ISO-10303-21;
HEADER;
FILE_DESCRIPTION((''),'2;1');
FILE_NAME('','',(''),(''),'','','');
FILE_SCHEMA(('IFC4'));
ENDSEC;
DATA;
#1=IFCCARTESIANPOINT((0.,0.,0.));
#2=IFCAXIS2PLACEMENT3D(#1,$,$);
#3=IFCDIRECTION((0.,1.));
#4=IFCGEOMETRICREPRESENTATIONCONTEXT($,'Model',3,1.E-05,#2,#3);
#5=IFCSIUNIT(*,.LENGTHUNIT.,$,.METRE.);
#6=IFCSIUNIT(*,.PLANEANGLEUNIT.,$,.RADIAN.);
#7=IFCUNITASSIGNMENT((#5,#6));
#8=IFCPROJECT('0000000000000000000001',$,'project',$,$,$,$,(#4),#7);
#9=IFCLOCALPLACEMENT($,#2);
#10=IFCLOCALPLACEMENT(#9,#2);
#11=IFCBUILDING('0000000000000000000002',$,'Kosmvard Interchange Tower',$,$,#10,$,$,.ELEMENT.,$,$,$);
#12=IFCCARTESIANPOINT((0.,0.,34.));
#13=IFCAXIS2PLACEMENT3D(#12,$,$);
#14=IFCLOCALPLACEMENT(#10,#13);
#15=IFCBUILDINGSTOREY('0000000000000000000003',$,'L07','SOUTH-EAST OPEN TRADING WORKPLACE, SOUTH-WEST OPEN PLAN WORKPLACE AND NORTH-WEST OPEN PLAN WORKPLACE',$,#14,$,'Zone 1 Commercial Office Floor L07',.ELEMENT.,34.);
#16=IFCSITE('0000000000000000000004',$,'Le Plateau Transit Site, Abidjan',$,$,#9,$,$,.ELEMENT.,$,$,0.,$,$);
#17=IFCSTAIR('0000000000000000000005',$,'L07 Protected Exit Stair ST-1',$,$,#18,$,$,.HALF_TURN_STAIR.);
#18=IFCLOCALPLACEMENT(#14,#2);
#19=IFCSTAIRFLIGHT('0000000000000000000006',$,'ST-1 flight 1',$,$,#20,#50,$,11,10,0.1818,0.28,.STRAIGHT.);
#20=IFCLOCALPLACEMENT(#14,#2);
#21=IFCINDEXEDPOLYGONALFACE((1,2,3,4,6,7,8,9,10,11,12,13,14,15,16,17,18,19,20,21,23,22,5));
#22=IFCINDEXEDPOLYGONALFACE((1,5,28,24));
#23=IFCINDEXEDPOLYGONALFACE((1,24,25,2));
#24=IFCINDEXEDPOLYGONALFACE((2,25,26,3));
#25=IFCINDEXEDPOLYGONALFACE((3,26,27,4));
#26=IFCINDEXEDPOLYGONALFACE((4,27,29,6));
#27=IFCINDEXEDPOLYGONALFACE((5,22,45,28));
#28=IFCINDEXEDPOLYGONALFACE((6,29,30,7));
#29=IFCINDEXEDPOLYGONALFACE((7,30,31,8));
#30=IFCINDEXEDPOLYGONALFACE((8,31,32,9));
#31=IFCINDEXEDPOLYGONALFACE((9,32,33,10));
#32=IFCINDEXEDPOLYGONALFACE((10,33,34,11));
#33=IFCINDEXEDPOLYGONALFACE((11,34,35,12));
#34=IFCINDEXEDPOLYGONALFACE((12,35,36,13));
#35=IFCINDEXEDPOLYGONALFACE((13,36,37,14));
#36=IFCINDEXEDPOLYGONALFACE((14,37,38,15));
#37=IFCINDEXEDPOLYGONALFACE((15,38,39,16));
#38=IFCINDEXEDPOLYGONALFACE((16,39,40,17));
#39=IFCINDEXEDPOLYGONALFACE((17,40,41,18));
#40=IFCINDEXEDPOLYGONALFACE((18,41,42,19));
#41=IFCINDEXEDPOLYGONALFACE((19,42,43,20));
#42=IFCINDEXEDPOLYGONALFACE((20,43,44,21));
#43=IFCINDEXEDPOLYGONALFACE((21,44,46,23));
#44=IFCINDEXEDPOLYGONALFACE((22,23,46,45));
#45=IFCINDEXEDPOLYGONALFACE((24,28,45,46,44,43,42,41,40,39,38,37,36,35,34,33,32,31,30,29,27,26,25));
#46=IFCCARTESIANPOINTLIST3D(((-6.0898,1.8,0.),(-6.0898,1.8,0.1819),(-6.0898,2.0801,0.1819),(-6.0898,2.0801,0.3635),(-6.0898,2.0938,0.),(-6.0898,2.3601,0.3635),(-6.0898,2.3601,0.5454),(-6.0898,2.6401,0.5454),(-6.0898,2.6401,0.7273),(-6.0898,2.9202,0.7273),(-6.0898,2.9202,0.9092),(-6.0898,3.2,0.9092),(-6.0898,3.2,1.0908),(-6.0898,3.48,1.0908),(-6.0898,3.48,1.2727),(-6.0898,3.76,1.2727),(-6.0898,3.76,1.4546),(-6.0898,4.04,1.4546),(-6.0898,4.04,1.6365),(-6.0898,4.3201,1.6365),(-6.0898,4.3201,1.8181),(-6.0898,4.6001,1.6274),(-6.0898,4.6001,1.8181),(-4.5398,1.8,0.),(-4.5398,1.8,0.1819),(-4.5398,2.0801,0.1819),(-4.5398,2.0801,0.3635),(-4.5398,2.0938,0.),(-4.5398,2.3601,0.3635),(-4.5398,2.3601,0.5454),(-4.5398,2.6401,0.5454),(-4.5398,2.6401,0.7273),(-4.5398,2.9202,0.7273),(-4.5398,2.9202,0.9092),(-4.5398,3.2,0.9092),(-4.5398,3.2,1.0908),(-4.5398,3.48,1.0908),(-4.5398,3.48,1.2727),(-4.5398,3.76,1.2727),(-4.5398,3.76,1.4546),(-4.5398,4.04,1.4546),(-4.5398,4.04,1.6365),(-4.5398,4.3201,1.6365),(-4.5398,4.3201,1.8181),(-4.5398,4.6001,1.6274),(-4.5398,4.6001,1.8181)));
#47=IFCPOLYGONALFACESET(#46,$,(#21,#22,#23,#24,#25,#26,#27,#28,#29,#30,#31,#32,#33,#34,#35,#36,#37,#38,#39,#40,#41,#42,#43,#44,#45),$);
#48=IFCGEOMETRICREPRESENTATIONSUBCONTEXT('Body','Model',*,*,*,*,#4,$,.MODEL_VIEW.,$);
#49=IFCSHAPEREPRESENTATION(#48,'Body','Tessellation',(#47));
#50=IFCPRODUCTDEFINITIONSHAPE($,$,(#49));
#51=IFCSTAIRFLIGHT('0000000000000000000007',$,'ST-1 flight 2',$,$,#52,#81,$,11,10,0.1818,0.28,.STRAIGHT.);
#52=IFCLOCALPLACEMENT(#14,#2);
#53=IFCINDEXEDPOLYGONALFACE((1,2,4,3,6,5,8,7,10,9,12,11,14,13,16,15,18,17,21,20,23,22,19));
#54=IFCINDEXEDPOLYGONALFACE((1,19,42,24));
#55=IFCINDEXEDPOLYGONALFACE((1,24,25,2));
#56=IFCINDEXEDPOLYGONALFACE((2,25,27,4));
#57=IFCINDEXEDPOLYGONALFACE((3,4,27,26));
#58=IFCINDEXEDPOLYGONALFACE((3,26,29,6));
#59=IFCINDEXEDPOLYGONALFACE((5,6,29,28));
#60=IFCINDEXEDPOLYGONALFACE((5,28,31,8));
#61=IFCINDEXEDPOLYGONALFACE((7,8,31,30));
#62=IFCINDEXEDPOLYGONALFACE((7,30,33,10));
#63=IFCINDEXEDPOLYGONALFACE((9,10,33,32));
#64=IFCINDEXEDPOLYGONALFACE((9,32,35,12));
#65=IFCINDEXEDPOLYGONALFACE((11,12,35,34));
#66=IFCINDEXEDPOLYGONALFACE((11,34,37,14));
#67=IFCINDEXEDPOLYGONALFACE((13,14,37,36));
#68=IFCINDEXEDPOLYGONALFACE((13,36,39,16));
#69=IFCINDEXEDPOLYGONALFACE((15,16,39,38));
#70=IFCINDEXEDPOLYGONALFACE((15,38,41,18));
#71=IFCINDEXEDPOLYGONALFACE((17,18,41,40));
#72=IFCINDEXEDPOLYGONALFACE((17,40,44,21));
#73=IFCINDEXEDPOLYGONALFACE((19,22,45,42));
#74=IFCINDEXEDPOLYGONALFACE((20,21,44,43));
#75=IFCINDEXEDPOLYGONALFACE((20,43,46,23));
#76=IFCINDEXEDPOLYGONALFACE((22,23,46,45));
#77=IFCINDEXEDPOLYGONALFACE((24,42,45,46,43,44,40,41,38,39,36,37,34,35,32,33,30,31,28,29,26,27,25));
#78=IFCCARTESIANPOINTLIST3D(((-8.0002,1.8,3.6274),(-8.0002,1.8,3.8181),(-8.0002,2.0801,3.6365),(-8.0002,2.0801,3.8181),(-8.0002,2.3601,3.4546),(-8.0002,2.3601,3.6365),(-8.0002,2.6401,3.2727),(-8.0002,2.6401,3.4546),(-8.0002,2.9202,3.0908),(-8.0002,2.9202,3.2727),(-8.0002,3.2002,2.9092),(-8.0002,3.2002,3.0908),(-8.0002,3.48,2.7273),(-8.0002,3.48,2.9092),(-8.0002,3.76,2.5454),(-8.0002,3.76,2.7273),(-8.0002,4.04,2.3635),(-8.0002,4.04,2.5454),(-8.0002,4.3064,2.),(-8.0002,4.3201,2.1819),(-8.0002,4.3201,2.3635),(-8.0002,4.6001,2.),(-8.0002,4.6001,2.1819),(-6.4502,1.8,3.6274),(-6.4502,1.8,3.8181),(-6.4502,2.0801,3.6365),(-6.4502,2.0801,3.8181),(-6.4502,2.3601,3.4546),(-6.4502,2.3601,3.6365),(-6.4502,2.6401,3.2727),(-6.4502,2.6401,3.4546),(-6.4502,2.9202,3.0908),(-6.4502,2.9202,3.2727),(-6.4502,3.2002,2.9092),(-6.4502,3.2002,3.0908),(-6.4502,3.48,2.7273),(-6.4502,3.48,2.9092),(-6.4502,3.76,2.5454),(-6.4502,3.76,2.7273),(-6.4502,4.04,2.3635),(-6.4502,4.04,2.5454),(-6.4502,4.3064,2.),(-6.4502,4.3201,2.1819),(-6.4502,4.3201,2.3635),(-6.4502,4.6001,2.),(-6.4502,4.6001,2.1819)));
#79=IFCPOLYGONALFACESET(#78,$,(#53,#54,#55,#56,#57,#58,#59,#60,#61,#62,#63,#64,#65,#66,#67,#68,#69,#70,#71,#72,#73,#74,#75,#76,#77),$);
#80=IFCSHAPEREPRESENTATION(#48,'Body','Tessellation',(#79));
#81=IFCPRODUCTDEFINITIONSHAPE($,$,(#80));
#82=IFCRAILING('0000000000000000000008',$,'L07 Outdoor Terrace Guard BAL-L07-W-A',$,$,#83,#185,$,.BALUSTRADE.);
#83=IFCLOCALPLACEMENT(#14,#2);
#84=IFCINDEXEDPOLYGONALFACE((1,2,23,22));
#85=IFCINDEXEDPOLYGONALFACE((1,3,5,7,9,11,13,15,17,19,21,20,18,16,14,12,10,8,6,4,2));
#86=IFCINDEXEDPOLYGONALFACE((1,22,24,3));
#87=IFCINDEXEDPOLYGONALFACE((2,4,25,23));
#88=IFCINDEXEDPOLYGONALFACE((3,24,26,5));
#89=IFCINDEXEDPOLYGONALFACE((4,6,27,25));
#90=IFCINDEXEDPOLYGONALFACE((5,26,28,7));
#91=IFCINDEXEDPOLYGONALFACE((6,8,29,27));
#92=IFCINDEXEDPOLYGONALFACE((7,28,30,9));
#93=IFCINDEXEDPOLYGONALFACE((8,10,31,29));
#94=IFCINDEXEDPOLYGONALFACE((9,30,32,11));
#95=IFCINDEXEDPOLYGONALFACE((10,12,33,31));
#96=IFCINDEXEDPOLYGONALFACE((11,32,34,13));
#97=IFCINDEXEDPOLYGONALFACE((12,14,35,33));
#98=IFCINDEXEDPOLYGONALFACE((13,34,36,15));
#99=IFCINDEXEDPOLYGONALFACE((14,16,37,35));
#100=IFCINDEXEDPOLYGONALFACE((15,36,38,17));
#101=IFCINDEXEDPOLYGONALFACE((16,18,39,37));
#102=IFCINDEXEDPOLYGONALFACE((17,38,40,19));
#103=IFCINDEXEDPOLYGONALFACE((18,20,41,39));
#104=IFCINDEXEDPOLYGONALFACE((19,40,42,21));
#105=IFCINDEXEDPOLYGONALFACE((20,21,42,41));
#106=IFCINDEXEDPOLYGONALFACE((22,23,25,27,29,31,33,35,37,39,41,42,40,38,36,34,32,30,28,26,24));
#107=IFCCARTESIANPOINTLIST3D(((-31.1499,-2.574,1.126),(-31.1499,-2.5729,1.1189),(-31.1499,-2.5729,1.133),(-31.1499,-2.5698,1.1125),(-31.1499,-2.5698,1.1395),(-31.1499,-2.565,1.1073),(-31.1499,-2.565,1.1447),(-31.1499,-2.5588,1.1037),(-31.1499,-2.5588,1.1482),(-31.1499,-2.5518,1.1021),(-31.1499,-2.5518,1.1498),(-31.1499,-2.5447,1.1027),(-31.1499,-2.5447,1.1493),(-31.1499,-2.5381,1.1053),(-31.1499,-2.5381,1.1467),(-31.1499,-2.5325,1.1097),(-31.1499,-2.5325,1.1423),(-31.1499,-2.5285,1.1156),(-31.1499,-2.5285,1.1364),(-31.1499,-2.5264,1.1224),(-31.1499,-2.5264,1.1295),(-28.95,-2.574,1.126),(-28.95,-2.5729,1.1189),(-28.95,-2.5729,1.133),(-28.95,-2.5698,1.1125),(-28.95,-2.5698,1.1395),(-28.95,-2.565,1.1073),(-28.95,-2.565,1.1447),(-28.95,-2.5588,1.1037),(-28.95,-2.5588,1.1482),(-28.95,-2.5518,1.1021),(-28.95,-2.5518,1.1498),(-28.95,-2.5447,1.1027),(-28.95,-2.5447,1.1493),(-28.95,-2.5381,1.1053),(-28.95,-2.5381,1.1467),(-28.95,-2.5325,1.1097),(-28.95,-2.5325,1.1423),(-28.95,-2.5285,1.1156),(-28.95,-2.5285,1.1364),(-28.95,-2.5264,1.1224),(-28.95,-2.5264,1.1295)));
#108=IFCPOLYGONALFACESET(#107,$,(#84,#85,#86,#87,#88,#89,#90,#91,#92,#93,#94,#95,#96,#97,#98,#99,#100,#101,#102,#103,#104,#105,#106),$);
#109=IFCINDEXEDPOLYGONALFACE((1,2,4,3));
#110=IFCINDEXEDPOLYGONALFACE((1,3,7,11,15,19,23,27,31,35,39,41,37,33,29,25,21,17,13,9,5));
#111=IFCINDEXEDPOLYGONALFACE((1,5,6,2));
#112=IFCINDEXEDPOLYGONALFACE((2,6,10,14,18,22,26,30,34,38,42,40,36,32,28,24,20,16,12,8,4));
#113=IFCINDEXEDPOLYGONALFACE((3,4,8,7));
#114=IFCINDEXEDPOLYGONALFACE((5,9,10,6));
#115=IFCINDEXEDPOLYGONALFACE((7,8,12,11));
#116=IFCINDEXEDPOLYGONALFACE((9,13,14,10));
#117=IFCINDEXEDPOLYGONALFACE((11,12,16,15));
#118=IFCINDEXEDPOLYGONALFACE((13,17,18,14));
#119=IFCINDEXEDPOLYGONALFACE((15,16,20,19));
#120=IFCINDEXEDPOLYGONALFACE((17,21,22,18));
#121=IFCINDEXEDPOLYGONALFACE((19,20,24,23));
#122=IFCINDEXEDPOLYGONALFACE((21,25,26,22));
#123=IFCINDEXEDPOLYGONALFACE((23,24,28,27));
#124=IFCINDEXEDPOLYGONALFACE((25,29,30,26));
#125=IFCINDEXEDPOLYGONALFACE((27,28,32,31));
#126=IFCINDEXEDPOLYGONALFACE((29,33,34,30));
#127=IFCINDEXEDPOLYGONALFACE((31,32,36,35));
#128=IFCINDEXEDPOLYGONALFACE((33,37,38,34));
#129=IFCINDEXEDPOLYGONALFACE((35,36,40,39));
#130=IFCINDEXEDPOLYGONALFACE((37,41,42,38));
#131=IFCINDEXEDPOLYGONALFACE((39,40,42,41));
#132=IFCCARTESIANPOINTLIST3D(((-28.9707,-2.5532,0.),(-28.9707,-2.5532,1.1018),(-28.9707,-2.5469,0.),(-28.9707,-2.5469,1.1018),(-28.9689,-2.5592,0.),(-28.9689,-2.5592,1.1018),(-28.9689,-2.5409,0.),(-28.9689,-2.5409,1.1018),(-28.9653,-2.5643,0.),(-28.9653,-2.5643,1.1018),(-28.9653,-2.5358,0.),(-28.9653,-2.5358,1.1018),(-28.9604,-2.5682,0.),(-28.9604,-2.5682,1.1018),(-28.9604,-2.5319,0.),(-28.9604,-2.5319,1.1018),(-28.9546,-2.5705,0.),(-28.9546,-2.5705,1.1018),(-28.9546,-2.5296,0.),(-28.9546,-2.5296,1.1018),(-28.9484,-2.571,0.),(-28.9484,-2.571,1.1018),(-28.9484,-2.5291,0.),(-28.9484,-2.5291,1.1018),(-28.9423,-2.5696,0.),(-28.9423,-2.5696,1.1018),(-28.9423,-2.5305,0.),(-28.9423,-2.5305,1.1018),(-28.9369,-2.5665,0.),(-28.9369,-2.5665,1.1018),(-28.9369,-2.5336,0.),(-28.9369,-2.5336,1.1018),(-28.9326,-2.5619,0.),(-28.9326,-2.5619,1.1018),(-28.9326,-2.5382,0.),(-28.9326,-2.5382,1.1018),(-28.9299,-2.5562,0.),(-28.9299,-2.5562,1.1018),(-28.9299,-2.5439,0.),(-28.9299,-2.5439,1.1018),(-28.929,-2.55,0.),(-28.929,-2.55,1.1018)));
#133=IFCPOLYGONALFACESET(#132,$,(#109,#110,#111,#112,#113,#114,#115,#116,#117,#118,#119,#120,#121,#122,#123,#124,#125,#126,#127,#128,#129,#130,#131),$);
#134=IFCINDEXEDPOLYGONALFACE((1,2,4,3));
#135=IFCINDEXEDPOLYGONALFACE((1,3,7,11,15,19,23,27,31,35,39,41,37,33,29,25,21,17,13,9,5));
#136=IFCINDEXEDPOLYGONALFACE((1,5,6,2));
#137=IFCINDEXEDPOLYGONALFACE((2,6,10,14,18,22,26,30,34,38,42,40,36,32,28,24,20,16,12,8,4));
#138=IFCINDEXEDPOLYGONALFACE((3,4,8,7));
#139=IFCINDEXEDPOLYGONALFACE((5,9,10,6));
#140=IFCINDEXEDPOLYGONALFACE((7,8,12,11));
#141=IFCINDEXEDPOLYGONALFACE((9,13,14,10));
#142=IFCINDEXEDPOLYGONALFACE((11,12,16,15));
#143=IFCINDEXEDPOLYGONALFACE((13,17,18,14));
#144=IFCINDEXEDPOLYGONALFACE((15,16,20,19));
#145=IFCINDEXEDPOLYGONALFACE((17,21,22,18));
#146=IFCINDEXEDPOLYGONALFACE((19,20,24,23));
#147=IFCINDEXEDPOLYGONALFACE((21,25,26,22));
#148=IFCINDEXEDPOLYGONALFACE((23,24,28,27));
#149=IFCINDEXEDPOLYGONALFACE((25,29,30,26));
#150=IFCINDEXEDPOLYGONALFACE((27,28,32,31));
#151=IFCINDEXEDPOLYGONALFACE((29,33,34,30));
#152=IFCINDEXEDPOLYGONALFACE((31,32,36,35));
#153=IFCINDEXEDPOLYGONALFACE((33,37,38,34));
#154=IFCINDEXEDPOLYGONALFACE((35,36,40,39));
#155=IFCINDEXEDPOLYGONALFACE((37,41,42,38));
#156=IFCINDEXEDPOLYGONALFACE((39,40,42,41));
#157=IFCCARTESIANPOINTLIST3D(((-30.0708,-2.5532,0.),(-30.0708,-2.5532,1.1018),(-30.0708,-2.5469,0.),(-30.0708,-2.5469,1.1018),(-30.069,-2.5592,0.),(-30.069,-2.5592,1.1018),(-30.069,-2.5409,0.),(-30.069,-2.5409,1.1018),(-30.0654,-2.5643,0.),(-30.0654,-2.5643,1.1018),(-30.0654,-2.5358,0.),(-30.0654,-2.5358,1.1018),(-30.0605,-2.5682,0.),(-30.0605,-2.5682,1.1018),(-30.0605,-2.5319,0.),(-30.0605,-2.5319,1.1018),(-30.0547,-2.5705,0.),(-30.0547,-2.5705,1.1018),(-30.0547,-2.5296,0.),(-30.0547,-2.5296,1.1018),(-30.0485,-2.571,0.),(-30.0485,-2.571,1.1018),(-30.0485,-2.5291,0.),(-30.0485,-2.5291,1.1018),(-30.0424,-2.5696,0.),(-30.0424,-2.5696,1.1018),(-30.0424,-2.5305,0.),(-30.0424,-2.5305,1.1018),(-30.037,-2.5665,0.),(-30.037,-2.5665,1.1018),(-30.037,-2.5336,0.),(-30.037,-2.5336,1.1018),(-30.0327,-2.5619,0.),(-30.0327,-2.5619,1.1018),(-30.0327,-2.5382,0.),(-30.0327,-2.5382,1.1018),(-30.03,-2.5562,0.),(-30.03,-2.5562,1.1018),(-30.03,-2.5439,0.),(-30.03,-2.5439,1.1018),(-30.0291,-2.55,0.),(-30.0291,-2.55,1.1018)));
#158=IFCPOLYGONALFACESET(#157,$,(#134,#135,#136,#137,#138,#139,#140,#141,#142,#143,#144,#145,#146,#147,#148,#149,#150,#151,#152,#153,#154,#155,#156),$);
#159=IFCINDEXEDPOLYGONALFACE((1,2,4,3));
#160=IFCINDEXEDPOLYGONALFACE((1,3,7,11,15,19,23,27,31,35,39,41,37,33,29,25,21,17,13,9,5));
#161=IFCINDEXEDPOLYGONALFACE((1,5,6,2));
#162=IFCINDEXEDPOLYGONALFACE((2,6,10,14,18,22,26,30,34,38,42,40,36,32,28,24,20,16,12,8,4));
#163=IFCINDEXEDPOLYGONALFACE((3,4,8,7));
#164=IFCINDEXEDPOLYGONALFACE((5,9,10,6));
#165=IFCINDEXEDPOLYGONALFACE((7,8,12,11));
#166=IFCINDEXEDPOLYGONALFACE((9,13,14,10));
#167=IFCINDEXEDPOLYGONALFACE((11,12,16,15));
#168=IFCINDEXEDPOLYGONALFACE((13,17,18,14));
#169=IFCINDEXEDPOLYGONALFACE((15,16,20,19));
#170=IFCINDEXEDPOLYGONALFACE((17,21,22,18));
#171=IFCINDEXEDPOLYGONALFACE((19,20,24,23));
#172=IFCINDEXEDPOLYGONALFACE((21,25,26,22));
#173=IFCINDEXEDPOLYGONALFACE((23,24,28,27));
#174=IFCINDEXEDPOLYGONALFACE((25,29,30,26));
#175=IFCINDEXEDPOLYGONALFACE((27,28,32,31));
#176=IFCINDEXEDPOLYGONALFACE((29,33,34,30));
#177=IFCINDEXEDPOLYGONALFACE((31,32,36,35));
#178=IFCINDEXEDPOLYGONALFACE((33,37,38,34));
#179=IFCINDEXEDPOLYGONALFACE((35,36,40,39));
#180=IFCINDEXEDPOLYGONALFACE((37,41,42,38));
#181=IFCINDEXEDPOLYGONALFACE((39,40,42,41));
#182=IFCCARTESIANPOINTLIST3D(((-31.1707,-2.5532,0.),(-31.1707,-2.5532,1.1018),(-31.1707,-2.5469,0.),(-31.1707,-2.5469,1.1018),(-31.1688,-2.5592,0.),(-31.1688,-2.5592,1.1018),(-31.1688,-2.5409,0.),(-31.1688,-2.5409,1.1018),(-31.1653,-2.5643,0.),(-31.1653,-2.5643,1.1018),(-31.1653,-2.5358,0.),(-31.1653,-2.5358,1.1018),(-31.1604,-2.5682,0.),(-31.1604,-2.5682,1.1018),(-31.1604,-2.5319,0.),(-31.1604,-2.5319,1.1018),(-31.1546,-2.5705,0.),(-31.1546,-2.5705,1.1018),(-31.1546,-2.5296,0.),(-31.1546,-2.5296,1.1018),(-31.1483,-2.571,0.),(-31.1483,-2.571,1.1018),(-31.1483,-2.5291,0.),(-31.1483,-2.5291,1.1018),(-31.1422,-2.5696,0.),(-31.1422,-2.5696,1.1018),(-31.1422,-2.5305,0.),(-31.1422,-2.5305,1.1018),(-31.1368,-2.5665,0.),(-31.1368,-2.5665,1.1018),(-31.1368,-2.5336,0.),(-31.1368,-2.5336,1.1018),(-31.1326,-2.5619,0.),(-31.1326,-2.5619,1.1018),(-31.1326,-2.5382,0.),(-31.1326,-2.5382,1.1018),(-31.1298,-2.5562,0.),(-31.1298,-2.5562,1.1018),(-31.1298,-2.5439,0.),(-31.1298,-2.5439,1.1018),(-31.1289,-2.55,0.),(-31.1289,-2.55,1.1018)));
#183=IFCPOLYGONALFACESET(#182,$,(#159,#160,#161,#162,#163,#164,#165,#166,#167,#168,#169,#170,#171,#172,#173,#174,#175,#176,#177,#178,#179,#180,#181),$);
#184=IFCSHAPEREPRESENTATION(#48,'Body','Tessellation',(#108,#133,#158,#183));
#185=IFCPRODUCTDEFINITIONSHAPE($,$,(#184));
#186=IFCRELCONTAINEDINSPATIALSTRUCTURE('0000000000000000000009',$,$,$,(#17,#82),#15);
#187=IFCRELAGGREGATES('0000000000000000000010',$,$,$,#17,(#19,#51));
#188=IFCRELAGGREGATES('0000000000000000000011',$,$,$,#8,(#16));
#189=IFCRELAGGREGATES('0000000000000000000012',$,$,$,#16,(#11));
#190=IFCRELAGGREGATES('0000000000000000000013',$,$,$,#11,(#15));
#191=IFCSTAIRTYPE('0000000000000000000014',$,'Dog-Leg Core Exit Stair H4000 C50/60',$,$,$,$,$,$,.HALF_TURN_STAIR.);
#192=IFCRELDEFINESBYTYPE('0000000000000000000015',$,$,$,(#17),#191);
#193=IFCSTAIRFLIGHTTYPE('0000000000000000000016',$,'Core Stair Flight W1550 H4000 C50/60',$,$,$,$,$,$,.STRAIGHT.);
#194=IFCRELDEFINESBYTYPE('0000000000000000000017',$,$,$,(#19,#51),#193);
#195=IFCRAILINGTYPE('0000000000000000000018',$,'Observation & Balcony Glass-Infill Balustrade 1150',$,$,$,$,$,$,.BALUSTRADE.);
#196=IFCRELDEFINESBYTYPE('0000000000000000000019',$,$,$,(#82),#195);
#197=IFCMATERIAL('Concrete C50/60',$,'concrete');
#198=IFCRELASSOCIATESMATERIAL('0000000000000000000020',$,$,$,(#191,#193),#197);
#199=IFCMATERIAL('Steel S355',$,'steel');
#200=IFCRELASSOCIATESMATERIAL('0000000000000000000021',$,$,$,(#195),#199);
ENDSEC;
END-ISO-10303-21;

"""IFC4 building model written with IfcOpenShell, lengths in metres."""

from ifc_helpers import new_model, si_unit, direction, frame, origin, origin_2d, place, context, subcontext, project, spatial, polyline, circle, outline, extrude, source, transform, mapped, material, type_object, element, aggregate, save


model = new_model("IFC4")

# Units and contexts
model_context = context("Model", 3, precision=1e-05, world=origin(), true_north=direction((0.0, 1.0)))
body_context = subcontext(model_context, "Body", "Model", "MODEL_VIEW")
ifc_project = project(units=[si_unit("LENGTHUNIT", "METRE"), si_unit("PLANEANGLEUNIT", "RADIAN")], contexts=[model_context])

# Site, building, storey
site_placement = place(None, origin())
site = spatial("IfcSite", under=ifc_project, at=site_placement, Name="Le Plateau Transit Site, Abidjan", CompositionType="ELEMENT", RefElevation=0.0)
building_placement = place(site_placement, origin())
building = spatial("IfcBuilding", under=site, at=building_placement, Name="Kosmvard Interchange Tower", CompositionType="ELEMENT")
storey_placement = place(building_placement, frame((0.0, 0.0, 34.0)))
storey = spatial("IfcBuildingStorey", under=building, at=storey_placement, Name="L07", Description="SOUTH-EAST OPEN TRADING WORKPLACE, SOUTH-WEST OPEN PLAN WORKPLACE AND NORTH-WEST OPEN PLAN WORKPLACE", LongName="Zone 1 Commercial Office Floor L07", CompositionType="ELEMENT", Elevation=34.0)

# Shared definitions
ifc_material_1 = material(Name="Steel S355", Category="steel")

# Shared definitions
ifc_material_2 = material(Name="Concrete C50/60", Category="concrete")

# Stair, stair flights
stair_type = type_object("IfcStairType", Name="Dog-Leg Core Exit Stair H4000 C50/60", PredefinedType="HALF_TURN_STAIR", material=ifc_material_2)
stair_placement = place(storey_placement, origin())
stair = element("IfcStair", 1, at=stair_placement, inside=storey, type_object=stair_type, Name="L07 Protected Exit Stair ST-1", PredefinedType="HALF_TURN_STAIR")
stair_flight_type = type_object("IfcStairFlightType", Name="Core Stair Flight W1550 H4000 C50/60", PredefinedType="STRAIGHT", material=ifc_material_2)
shared_shape_1 = source(origin(), body_context, "Body", "SweptSolid", [
    extrude(outline(polyline([(0.0, 0.0), (0.0, 0.1819), (0.28, 0.1819), (0.28, 0.3635), (0.5601, 0.3635), (0.5601, 0.5454), (0.8401, 0.5454), (0.8401, 0.7273), (1.1201, 0.7273), (1.1201, 0.9092), (1.3999, 0.9092), (1.3999, 1.0908), (1.6799, 1.0908), (1.6799, 1.2727), (1.96, 1.2727), (1.96, 1.4546), (2.24, 1.4546), (2.24, 1.6365), (2.52, 1.6365), (2.52, 1.8181), (2.8, 1.8181), (2.8, 2.0), (2.8, 1.6274), (0.2937, 0.0), (0.0, 0.0)])), frame((0.0, 0.7749, 0.0), z_axis=(0.0, -1.0, 0.0), x_axis=(1.0, 0.0, 0.0)), (0.0, 0.0, 1.0), 1.55),
])
stair_flight_1_placement = place(storey_placement, frame((-5.3149, 1.8, 0.0), z_axis=(0.0, 0.0, 1.0), x_axis=(0.0, 1.0, 0.0)))
stair_flight_1 = element("IfcStairFlight", 2, at=stair_flight_1_placement, type_object=stair_flight_type, Name="ST-1 flight 1", NumberOfRisers=11, NumberOfTreads=10, PredefinedType="STRAIGHT", RiserHeight=0.1818, TreadLength=0.28, context=body_context, shape_type="MappedRepresentation", body=[
    mapped(shared_shape_1, transform((0.0, 0.0, 0.0), scale=1.0)),
])
stair_flight_2_placement = place(storey_placement, frame((-7.2251, 4.6001, 2.0), z_axis=(0.0, 0.0, 1.0), x_axis=(0.0, -1.0, 0.0)))
stair_flight_2 = element("IfcStairFlight", 3, at=stair_flight_2_placement, type_object=stair_flight_type, Name="ST-1 flight 2", NumberOfRisers=11, NumberOfTreads=10, PredefinedType="STRAIGHT", RiserHeight=0.1818, TreadLength=0.28, context=body_context, shape_type="MappedRepresentation", body=[
    mapped(shared_shape_1, transform((0.0, 0.0, 0.0), scale=1.0)),
])
aggregate(stair, [stair_flight_1, stair_flight_2])

# Railing
railing_type_1 = type_object("IfcRailingType", Name="Observation & Balcony Glass-Infill Balustrade 1150", PredefinedType="BALUSTRADE", material=ifc_material_1)
shared_shape_2 = source(origin(), body_context, "Body", "SweptSolid", [
    extrude(circle(Radius=0.0239, at=origin_2d()), frame((0.0, 0.0, 1.126), z_axis=(-1.0, 0.0, 0.0), x_axis=(0.0, -1.0, 0.0)), (0.0, 0.0, 1.0), 2.2),
    extrude(circle(Radius=0.021, at=origin_2d()), origin(), (0.0, 0.0, 1.0), 1.1018),
    extrude(circle(Radius=0.021, at=origin_2d()), frame((-1.1001, 0.0, 0.0)), (0.0, 0.0, 1.0), 1.1018),
    extrude(circle(Radius=0.021, at=origin_2d()), frame((-2.2, 0.0, 0.0)), (0.0, 0.0, 1.0), 1.1018),
])
railing_1_placement = place(storey_placement, frame((-28.95, -2.55, 0.0)))
element("IfcRailing", 4, at=railing_1_placement, inside=storey, type_object=railing_type_1, Name="L07 Outdoor Terrace Guard BAL-L07-W-A", PredefinedType="BALUSTRADE", context=body_context, shape_type="MappedRepresentation", body=[
    mapped(shared_shape_2, transform((0.0, 0.0, 0.0), scale=1.0)),
])

save(model, "model.ifc")
